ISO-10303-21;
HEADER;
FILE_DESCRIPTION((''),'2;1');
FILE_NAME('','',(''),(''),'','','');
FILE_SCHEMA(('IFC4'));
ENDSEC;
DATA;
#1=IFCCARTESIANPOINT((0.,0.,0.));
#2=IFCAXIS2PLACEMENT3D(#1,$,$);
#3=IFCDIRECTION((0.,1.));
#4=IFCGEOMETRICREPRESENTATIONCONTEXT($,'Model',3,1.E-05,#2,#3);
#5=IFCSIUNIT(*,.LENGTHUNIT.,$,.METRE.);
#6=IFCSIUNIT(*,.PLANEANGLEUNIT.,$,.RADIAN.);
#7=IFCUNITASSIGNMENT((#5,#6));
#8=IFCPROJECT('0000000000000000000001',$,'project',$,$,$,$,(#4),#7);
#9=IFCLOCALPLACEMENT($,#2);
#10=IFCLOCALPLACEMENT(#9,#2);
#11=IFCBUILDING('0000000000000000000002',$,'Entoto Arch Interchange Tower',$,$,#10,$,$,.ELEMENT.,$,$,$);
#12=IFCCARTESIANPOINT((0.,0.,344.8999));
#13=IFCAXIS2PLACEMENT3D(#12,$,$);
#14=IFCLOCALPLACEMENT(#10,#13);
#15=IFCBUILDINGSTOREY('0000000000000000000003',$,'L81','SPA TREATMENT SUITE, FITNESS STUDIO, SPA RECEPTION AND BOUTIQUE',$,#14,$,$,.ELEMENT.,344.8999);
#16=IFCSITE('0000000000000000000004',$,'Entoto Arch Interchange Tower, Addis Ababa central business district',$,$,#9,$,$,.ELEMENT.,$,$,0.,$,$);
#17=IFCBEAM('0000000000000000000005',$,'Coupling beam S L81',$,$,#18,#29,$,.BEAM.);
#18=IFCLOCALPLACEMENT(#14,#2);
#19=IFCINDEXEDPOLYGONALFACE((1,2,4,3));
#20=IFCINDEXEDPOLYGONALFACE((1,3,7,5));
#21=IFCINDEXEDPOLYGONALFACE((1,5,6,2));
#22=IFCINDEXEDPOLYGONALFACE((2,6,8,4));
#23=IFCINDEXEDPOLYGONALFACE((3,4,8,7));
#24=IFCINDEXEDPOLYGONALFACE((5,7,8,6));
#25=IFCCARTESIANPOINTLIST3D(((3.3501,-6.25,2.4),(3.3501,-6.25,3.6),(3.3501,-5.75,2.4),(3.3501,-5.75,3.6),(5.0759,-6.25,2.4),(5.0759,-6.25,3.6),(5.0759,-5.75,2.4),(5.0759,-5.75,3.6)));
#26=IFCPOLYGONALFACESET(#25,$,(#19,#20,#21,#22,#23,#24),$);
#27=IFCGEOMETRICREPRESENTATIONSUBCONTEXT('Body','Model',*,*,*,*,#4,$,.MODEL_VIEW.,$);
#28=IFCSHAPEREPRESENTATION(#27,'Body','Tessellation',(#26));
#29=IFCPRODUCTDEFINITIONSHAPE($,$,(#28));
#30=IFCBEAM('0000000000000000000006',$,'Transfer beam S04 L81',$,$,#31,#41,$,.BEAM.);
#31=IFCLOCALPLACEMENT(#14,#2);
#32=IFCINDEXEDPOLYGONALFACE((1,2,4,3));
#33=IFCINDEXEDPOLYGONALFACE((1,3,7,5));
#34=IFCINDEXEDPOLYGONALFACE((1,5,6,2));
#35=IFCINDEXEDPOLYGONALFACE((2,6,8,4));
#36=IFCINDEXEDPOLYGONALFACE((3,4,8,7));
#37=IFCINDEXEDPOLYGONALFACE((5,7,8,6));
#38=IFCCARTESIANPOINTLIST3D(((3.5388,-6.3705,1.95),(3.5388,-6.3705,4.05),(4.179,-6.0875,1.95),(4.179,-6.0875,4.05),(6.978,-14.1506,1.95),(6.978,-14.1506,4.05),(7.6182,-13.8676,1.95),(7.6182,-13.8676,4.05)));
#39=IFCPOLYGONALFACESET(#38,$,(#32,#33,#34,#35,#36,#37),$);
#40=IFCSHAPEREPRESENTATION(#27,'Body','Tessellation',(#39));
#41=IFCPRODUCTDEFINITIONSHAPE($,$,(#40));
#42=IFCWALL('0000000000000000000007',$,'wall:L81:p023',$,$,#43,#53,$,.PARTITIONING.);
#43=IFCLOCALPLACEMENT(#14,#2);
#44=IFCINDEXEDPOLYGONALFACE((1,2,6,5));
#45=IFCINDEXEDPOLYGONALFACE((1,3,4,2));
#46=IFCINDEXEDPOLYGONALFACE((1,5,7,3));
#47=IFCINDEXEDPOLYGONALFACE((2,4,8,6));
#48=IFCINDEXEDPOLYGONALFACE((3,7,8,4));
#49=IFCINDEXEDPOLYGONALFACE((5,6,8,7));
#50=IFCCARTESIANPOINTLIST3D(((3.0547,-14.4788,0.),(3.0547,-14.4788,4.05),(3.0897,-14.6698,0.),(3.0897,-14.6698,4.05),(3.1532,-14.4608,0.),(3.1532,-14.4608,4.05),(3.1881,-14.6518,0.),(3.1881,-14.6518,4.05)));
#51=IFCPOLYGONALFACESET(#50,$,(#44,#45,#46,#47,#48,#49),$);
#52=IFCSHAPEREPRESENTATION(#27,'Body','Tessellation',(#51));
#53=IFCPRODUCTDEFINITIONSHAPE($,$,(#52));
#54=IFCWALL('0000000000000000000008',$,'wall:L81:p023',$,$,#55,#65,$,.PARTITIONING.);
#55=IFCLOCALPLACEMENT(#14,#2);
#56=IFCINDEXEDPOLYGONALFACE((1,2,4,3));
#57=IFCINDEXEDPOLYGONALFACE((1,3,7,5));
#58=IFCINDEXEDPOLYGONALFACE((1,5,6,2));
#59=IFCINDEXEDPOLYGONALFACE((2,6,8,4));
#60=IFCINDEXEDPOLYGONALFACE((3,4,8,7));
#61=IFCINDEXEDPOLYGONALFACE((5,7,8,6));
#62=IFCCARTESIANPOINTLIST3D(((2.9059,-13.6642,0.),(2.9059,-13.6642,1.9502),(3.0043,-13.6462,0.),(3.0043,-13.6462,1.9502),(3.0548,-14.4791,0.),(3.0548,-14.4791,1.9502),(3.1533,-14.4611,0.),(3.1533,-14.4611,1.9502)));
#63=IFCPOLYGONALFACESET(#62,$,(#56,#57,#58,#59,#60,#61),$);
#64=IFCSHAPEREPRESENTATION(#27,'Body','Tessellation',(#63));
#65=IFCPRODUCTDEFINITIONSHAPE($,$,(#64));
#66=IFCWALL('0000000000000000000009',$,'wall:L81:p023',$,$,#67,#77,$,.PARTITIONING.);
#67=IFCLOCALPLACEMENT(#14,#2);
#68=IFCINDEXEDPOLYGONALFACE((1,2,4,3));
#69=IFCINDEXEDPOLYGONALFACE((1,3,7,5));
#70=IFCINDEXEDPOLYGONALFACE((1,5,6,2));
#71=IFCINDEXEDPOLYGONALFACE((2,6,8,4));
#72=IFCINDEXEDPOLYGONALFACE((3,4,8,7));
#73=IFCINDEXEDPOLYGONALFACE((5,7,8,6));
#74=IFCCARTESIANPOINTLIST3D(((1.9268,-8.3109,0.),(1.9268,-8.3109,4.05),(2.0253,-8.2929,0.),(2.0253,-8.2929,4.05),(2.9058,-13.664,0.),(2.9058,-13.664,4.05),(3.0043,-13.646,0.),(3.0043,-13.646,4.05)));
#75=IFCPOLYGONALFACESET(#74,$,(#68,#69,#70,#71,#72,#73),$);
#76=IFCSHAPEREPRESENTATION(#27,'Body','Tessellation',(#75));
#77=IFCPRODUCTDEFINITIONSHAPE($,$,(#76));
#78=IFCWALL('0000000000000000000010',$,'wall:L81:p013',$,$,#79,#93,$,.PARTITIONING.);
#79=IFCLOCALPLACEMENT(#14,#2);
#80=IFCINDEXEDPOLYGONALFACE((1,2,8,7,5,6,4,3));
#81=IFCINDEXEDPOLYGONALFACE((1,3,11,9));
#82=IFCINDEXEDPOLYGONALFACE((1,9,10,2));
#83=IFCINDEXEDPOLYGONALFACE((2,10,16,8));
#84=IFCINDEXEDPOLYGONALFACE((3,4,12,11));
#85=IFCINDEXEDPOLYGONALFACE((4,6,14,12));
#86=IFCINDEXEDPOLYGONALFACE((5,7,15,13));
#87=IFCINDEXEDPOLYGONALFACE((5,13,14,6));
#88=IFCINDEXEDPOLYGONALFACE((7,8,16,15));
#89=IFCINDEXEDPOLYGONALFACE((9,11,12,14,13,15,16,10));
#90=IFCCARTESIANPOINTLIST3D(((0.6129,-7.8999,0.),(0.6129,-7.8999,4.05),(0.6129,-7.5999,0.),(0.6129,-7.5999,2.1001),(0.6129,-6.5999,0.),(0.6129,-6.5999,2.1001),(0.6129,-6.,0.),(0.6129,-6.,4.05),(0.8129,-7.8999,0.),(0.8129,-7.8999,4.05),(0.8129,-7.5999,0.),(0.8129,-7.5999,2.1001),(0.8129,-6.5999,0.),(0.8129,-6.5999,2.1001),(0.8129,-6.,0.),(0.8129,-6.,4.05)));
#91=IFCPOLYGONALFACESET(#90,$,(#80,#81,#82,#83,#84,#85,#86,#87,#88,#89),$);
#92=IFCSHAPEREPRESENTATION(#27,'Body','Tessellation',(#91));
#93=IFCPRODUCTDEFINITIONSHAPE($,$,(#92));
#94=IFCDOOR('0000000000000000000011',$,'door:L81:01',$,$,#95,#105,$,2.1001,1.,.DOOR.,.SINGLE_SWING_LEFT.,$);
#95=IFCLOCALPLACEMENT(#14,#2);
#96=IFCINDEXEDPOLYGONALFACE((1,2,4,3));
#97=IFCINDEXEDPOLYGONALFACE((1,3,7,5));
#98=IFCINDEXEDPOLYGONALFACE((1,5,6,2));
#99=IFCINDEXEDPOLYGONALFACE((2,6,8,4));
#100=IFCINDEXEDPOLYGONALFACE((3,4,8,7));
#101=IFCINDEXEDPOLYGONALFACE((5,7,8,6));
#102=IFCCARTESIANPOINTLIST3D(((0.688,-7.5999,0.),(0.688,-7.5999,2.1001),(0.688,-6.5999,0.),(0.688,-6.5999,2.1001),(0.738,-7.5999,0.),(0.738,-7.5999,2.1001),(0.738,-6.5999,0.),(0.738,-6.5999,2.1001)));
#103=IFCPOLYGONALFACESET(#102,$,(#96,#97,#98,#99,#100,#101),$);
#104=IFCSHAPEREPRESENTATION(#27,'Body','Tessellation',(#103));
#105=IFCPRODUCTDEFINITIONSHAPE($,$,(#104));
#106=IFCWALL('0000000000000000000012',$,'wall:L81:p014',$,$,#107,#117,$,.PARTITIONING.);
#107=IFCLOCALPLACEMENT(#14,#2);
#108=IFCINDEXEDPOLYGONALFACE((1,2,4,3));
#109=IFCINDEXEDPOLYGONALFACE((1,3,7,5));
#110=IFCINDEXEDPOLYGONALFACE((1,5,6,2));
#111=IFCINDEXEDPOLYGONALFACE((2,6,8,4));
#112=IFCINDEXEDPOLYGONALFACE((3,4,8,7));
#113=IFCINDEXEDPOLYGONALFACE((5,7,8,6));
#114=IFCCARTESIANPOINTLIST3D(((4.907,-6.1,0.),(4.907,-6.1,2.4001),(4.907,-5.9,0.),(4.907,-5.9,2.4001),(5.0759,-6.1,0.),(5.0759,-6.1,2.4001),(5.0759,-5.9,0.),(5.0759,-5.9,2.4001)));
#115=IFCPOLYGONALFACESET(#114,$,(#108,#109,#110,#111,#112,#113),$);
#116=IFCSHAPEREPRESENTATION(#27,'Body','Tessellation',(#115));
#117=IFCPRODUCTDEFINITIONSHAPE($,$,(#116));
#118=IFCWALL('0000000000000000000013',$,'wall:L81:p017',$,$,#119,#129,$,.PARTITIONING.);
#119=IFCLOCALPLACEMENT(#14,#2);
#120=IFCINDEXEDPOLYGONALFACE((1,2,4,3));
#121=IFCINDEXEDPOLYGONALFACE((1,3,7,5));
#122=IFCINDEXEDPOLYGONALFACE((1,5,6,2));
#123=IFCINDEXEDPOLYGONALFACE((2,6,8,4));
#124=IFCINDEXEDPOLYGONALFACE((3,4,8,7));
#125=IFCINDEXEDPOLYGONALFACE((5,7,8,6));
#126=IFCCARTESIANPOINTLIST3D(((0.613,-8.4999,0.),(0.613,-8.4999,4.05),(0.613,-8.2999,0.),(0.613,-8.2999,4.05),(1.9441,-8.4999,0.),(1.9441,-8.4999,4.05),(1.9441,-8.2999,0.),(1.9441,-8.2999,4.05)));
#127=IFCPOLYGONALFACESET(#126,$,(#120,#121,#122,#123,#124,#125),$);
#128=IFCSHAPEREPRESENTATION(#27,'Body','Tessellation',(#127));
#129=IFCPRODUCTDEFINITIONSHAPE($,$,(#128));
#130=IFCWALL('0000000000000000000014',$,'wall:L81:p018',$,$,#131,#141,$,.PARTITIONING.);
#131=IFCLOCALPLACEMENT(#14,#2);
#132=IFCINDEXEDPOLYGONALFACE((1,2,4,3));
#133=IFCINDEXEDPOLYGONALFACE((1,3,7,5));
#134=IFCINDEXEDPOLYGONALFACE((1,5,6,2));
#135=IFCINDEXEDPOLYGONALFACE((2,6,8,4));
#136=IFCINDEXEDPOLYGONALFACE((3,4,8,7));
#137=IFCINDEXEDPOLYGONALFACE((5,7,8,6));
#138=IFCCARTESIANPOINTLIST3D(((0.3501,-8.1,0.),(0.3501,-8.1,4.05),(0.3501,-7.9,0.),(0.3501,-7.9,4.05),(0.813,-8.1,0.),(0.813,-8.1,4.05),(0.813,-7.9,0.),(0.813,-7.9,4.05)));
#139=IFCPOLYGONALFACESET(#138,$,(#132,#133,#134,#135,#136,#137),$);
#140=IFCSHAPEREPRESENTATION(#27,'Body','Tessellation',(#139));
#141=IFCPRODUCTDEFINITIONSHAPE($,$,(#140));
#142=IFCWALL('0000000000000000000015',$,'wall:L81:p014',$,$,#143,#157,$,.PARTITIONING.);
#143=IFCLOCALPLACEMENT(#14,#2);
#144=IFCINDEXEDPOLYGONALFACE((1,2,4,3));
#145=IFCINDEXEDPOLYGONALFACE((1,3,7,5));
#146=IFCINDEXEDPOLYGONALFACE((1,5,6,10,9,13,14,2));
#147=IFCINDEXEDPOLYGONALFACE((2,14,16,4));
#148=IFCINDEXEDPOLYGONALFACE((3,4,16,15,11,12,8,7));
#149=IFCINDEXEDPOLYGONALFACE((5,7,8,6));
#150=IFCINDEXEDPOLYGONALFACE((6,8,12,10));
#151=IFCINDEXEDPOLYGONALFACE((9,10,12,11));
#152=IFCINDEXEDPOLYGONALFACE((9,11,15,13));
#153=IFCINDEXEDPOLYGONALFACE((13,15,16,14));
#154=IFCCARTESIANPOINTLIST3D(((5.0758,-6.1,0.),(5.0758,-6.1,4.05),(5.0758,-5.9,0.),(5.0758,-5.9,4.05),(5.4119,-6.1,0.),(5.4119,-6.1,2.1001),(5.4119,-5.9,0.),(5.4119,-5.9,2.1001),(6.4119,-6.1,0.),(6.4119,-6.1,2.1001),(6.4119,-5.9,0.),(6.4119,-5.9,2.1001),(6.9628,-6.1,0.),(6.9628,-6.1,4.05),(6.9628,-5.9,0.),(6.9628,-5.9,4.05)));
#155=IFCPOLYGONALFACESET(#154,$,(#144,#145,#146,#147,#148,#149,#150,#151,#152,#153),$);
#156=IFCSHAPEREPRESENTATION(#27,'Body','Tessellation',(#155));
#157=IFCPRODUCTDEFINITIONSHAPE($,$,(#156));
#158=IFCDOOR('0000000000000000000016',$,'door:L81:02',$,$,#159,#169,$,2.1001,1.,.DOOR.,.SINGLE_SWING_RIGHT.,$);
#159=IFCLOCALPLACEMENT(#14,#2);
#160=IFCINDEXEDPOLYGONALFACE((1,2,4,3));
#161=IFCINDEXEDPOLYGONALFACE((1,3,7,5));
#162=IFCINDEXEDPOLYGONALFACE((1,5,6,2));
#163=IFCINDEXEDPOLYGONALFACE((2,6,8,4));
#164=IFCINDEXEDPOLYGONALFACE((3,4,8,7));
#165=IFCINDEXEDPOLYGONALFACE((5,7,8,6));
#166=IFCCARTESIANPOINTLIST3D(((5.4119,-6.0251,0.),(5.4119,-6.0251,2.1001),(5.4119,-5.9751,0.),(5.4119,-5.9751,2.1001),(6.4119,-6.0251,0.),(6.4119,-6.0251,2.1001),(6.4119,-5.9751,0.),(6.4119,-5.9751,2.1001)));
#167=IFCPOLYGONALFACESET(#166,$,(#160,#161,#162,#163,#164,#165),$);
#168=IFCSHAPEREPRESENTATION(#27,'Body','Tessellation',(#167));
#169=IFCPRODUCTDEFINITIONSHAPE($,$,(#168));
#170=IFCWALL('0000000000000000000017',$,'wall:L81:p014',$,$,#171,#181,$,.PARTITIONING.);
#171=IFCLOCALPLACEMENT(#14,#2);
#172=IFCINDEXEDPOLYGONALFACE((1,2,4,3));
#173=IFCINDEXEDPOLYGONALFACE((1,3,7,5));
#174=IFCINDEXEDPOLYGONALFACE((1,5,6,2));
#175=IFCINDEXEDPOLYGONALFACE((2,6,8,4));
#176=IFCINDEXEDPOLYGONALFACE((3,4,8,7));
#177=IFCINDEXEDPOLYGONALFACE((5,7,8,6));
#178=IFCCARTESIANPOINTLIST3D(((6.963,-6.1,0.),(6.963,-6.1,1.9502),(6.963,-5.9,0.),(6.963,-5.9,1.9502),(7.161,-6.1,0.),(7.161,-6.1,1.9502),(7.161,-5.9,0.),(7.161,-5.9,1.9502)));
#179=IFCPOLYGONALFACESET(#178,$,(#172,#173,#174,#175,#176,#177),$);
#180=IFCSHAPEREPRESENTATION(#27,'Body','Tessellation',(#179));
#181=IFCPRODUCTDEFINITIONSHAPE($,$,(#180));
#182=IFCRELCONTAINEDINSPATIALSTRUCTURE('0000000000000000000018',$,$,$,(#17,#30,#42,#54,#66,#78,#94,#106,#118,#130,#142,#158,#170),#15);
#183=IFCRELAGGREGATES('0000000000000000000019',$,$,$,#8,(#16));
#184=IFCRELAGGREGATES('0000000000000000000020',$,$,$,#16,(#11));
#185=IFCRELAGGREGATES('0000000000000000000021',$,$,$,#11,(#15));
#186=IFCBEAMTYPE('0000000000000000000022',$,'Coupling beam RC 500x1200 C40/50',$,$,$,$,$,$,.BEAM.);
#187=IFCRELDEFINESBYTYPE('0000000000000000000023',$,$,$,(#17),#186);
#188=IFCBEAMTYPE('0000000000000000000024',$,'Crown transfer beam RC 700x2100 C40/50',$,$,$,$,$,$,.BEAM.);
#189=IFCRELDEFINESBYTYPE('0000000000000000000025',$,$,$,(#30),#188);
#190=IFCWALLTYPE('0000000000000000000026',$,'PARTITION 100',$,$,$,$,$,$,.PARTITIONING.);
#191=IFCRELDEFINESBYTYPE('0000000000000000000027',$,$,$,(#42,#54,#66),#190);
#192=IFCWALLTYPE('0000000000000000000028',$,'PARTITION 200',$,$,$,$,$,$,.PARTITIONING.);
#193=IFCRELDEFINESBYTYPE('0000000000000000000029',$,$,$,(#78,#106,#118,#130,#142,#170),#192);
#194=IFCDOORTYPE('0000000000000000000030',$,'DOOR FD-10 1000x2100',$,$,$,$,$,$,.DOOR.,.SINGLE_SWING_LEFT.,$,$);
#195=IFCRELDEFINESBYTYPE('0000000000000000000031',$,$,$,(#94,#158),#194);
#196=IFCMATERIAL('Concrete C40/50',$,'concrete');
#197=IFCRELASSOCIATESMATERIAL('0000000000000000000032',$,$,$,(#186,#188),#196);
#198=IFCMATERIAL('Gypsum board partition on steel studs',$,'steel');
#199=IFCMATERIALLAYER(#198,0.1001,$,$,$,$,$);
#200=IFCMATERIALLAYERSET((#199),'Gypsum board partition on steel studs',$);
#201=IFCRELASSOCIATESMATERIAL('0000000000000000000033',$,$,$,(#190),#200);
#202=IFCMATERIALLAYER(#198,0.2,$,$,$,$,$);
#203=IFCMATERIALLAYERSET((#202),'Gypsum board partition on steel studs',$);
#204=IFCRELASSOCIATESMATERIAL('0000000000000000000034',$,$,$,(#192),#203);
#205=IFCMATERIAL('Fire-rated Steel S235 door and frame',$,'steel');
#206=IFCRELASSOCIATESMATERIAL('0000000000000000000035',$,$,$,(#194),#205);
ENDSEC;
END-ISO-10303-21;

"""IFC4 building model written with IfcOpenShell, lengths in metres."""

from ifc_helpers import new_model, si_unit, direction, frame, frame_2d, origin, origin_2d, place, context, subcontext, project, spatial, rectangle, extrude, material, layer, layer_set, material_profile, profile_set, type_object, element, fill, save


model = new_model("IFC4")

# Units and contexts
model_context = context("Model", 3, precision=1e-05, world=origin(), true_north=direction((0.0, 1.0)))
body_context = subcontext(model_context, "Body", "Model", "MODEL_VIEW")
ifc_project = project(units=[si_unit("LENGTHUNIT", "METRE"), si_unit("PLANEANGLEUNIT", "RADIAN")], contexts=[model_context])

# Site, building, storey
site_placement = place(None, origin())
site = spatial("IfcSite", under=ifc_project, at=site_placement, Name="Entoto Arch Interchange Tower, Addis Ababa central business district", CompositionType="ELEMENT", RefElevation=0.0)
building_placement = place(site_placement, origin())
building = spatial("IfcBuilding", under=site, at=building_placement, Name="Entoto Arch Interchange Tower", CompositionType="ELEMENT")
storey_placement = place(building_placement, frame((0.0, 0.0, 344.8999)))
storey = spatial("IfcBuildingStorey", under=building, at=storey_placement, Name="L81", Description="SPA TREATMENT SUITE, FITNESS STUDIO, SPA RECEPTION AND BOUTIQUE", CompositionType="ELEMENT", Elevation=344.8999)

# Beams
ifc_material_1 = material(Name="Concrete C40/50", Category="concrete")
ifc_material_profile_1 = material_profile(ifc_material_1, rectangle(XDim=0.5, YDim=1.2, at=origin_2d()))
ifc_profile_set_1 = profile_set([ifc_material_profile_1], Name="Concrete C40/50")
beam_type_1 = type_object("IfcBeamType", Name="Coupling beam RC 500x1200 C40/50", PredefinedType="BEAM", material=ifc_profile_set_1)
beam_1_placement = place(storey_placement, frame((3.3501, -6.0, 3.0), z_axis=(1.0, 0.0, 0.0), x_axis=(0.0, 1.0, 0.0)))
element("IfcBeam", 1, at=beam_1_placement, inside=storey, type_object=beam_type_1, Name="Coupling beam S L81", PredefinedType="BEAM", context=body_context, shape_type="SweptSolid", body=[
    extrude(rectangle(XDim=0.5, YDim=1.2, at=origin_2d()), origin(), (0.0, 0.0, 1.0), 1.7258),
])
ifc_material_profile_2 = material_profile(ifc_material_1, rectangle(XDim=0.7, YDim=2.1001, at=origin_2d()))
ifc_profile_set_2 = profile_set([ifc_material_profile_2], Name="Concrete C40/50")
beam_type_2 = type_object("IfcBeamType", Name="Crown transfer beam RC 700x2100 C40/50", PredefinedType="BEAM", material=ifc_profile_set_2)
beam_2_placement = place(storey_placement, frame((3.8589, -6.229, 3.0), z_axis=(0.404314, -0.91462, 0.0), x_axis=(0.91462, 0.404314, 0.0)))
element("IfcBeam", 2, at=beam_2_placement, inside=storey, type_object=beam_type_2, Name="Transfer beam S04 L81", PredefinedType="BEAM", context=body_context, shape_type="SweptSolid", body=[
    extrude(rectangle(XDim=0.7, YDim=2.1001, at=origin_2d()), origin(), (0.0, 0.0, 1.0), 8.5063),
])

# Walls
ifc_material_2 = material(Name="Gypsum board partition on steel studs", Category="steel")
ifc_layer_1 = layer(ifc_material_2, 0.1001)
ifc_layer_set_1 = layer_set([ifc_layer_1], Name="Gypsum board partition on steel studs")
wall_type_1 = type_object("IfcWallType", Name="PARTITION 100", PredefinedType="PARTITIONING", material=ifc_layer_set_1)
wall_1_placement = place(storey_placement, frame((3.1389, -14.6609, 0.0), z_axis=(0.0, 0.0, 1.0), x_axis=(-0.179882, 0.983688, 0.0)))
element("IfcWall", 3, at=wall_1_placement, inside=storey, type_object=wall_type_1, Name="wall:L81:p023", PredefinedType="PARTITIONING", context=body_context, shape_type="SweptSolid", body=[
    extrude(rectangle(XDim=0.1941, YDim=0.1001, at=frame_2d((0.0972, 0.0))), origin(), (0.0, 0.0, 1.0), 4.05),
])
wall_2_placement = place(storey_placement, frame((3.104, -14.47, 0.0), z_axis=(0.0, 0.0, 1.0), x_axis=(-0.179767, 0.983709, 0.0)))
element("IfcWall", 4, at=wall_2_placement, inside=storey, type_object=wall_type_1, Name="wall:L81:p023", PredefinedType="PARTITIONING", context=body_context, shape_type="SweptSolid", body=[
    extrude(rectangle(XDim=0.8284, YDim=0.1001, at=frame_2d((0.4141, 0.0))), origin(), (0.0, 0.0, 1.0), 1.9502),
])
wall_3_placement = place(storey_placement, frame((2.9551, -13.655, 0.0), z_axis=(0.0, 0.0, 1.0), x_axis=(-0.179904, 0.983684, 0.0)))
element("IfcWall", 5, at=wall_3_placement, inside=storey, type_object=wall_type_1, Name="wall:L81:p023", PredefinedType="PARTITIONING", context=body_context, shape_type="SweptSolid", body=[
    extrude(rectangle(XDim=5.4419, YDim=0.1001, at=frame_2d((2.7209, 0.0))), origin(), (0.0, 0.0, 1.0), 4.05),
])

# Wall, opening, door
ifc_layer_2 = layer(ifc_material_2, 0.2)
ifc_layer_set_2 = layer_set([ifc_layer_2], Name="Gypsum board partition on steel studs")
wall_type_2 = type_object("IfcWallType", Name="PARTITION 200", PredefinedType="PARTITIONING", material=ifc_layer_set_2)
wall_4_placement = place(storey_placement, frame((0.7129, -7.8999, 0.0), z_axis=(0.0, 0.0, 1.0), x_axis=(0.0, 1.0, 0.0)))
wall_4 = element("IfcWall", 6, at=wall_4_placement, inside=storey, type_object=wall_type_2, Name="wall:L81:p013", PredefinedType="PARTITIONING", context=body_context, shape_type="SweptSolid", body=[
    extrude(rectangle(XDim=1.8999, YDim=0.2, at=frame_2d((0.95, 0.0))), origin(), (0.0, 0.0, 1.0), 4.05),
])
opening_1_placement = place(wall_4_placement, frame((0.3, 0.0, 0.0)))
opening_1 = element("IfcOpeningElement", 7, at=opening_1_placement, cuts=wall_4, PredefinedType="OPENING", context=body_context, shape_type="SweptSolid", body=[
    extrude(rectangle(XDim=1.0, YDim=2.1001, at=frame_2d((0.5, 1.05))), frame((0.0, 0.1099, 0.0), z_axis=(0.0, -1.0, 0.0), x_axis=(1.0, 0.0, 0.0)), (0.0, 0.0, 1.0), 0.22),
])
ifc_material_3 = material(Name="Fire-rated Steel S235 door and frame", Category="steel")
door_type = type_object("IfcDoorType", Name="DOOR FD-10 1000x2100", OperationType="SINGLE_SWING_LEFT", PredefinedType="DOOR", material=ifc_material_3)
door_1_placement = place(opening_1_placement, origin())
door_1 = element("IfcDoor", 8, at=door_1_placement, inside=storey, type_object=door_type, Name="door:L81:01", OperationType="SINGLE_SWING_LEFT", OverallHeight=2.1001, OverallWidth=1.0, PredefinedType="DOOR", context=body_context, shape_type="SweptSolid", body=[
    extrude(rectangle(XDim=1.0, YDim=2.1001, at=frame_2d((0.5, 1.05))), frame((0.0, 0.0249, 0.0), z_axis=(0.0, -1.0, 0.0), x_axis=(1.0, 0.0, 0.0)), (0.0, 0.0, 1.0), 0.05),
])
fill(opening_1, door_1)

# Walls
wall_5_placement = place(storey_placement, frame((4.907, -6.0, 0.0), z_axis=(0.0, 0.0, 1.0), x_axis=(1.0, 0.0, 0.0)))
element("IfcWall", 9, at=wall_5_placement, inside=storey, type_object=wall_type_2, Name="wall:L81:p014", PredefinedType="PARTITIONING", context=body_context, shape_type="SweptSolid", body=[
    extrude(rectangle(XDim=0.1689, YDim=0.2, at=frame_2d((0.0845, 0.0))), origin(), (0.0, 0.0, 1.0), 2.4001),
])
wall_6_placement = place(storey_placement, frame((1.9441, -8.3999, 0.0), z_axis=(0.0, 0.0, 1.0), x_axis=(-1.0, 0.0, 0.0)))
element("IfcWall", 10, at=wall_6_placement, inside=storey, type_object=wall_type_2, Name="wall:L81:p017", PredefinedType="PARTITIONING", context=body_context, shape_type="SweptSolid", body=[
    extrude(rectangle(XDim=1.3311, YDim=0.2, at=frame_2d((0.6655, 0.0))), origin(), (0.0, 0.0, 1.0), 4.05),
])
wall_7_placement = place(storey_placement, frame((0.813, -8.0, 0.0), z_axis=(0.0, 0.0, 1.0), x_axis=(-1.0, 0.0, 0.0)))
element("IfcWall", 11, at=wall_7_placement, inside=storey, type_object=wall_type_2, Name="wall:L81:p018", PredefinedType="PARTITIONING", context=body_context, shape_type="SweptSolid", body=[
    extrude(rectangle(XDim=0.4629, YDim=0.2, at=frame_2d((0.2314, 0.0))), origin(), (0.0, 0.0, 1.0), 4.05),
])

# Wall, opening, door
wall_8_placement = place(storey_placement, frame((5.0759, -6.0, 0.0), z_axis=(0.0, 0.0, 1.0), x_axis=(1.0, 0.0, 0.0)))
wall_8 = element("IfcWall", 12, at=wall_8_placement, inside=storey, type_object=wall_type_2, Name="wall:L81:p014", PredefinedType="PARTITIONING", context=body_context, shape_type="SweptSolid", body=[
    extrude(rectangle(XDim=1.887, YDim=0.2, at=frame_2d((0.9434, 0.0))), origin(), (0.0, 0.0, 1.0), 4.05),
])
opening_2_placement = place(wall_8_placement, frame((0.3359, 0.0, 0.0)))
opening_2 = element("IfcOpeningElement", 13, at=opening_2_placement, cuts=wall_8, PredefinedType="OPENING", context=body_context, shape_type="SweptSolid", body=[
    extrude(rectangle(XDim=1.0, YDim=2.1001, at=frame_2d((0.5, 1.05))), frame((0.0, 0.1099, 0.0), z_axis=(0.0, -1.0, 0.0), x_axis=(1.0, 0.0, 0.0)), (0.0, 0.0, 1.0), 0.22),
])
door_2_placement = place(opening_2_placement, origin())
door_2 = element("IfcDoor", 14, at=door_2_placement, inside=storey, type_object=door_type, Name="door:L81:02", OperationType="SINGLE_SWING_RIGHT", OverallHeight=2.1001, OverallWidth=1.0, PredefinedType="DOOR", context=body_context, shape_type="SweptSolid", body=[
    extrude(rectangle(XDim=1.0, YDim=2.1001, at=frame_2d((0.5, 1.05))), frame((0.0, 0.0249, 0.0), z_axis=(0.0, -1.0, 0.0), x_axis=(1.0, 0.0, 0.0)), (0.0, 0.0, 1.0), 0.05),
])
fill(opening_2, door_2)

# Wall
wall_9_placement = place(storey_placement, frame((6.9629, -6.0, 0.0), z_axis=(0.0, 0.0, 1.0), x_axis=(1.0, 0.0, 0.0)))
element("IfcWall", 15, at=wall_9_placement, inside=storey, type_object=wall_type_2, Name="wall:L81:p014", PredefinedType="PARTITIONING", context=body_context, shape_type="SweptSolid", body=[
    extrude(rectangle(XDim=0.198, YDim=0.2, at=frame_2d((0.0991, 0.0))), origin(), (0.0, 0.0, 1.0), 1.9502),
])

save(model, "model.ifc")
